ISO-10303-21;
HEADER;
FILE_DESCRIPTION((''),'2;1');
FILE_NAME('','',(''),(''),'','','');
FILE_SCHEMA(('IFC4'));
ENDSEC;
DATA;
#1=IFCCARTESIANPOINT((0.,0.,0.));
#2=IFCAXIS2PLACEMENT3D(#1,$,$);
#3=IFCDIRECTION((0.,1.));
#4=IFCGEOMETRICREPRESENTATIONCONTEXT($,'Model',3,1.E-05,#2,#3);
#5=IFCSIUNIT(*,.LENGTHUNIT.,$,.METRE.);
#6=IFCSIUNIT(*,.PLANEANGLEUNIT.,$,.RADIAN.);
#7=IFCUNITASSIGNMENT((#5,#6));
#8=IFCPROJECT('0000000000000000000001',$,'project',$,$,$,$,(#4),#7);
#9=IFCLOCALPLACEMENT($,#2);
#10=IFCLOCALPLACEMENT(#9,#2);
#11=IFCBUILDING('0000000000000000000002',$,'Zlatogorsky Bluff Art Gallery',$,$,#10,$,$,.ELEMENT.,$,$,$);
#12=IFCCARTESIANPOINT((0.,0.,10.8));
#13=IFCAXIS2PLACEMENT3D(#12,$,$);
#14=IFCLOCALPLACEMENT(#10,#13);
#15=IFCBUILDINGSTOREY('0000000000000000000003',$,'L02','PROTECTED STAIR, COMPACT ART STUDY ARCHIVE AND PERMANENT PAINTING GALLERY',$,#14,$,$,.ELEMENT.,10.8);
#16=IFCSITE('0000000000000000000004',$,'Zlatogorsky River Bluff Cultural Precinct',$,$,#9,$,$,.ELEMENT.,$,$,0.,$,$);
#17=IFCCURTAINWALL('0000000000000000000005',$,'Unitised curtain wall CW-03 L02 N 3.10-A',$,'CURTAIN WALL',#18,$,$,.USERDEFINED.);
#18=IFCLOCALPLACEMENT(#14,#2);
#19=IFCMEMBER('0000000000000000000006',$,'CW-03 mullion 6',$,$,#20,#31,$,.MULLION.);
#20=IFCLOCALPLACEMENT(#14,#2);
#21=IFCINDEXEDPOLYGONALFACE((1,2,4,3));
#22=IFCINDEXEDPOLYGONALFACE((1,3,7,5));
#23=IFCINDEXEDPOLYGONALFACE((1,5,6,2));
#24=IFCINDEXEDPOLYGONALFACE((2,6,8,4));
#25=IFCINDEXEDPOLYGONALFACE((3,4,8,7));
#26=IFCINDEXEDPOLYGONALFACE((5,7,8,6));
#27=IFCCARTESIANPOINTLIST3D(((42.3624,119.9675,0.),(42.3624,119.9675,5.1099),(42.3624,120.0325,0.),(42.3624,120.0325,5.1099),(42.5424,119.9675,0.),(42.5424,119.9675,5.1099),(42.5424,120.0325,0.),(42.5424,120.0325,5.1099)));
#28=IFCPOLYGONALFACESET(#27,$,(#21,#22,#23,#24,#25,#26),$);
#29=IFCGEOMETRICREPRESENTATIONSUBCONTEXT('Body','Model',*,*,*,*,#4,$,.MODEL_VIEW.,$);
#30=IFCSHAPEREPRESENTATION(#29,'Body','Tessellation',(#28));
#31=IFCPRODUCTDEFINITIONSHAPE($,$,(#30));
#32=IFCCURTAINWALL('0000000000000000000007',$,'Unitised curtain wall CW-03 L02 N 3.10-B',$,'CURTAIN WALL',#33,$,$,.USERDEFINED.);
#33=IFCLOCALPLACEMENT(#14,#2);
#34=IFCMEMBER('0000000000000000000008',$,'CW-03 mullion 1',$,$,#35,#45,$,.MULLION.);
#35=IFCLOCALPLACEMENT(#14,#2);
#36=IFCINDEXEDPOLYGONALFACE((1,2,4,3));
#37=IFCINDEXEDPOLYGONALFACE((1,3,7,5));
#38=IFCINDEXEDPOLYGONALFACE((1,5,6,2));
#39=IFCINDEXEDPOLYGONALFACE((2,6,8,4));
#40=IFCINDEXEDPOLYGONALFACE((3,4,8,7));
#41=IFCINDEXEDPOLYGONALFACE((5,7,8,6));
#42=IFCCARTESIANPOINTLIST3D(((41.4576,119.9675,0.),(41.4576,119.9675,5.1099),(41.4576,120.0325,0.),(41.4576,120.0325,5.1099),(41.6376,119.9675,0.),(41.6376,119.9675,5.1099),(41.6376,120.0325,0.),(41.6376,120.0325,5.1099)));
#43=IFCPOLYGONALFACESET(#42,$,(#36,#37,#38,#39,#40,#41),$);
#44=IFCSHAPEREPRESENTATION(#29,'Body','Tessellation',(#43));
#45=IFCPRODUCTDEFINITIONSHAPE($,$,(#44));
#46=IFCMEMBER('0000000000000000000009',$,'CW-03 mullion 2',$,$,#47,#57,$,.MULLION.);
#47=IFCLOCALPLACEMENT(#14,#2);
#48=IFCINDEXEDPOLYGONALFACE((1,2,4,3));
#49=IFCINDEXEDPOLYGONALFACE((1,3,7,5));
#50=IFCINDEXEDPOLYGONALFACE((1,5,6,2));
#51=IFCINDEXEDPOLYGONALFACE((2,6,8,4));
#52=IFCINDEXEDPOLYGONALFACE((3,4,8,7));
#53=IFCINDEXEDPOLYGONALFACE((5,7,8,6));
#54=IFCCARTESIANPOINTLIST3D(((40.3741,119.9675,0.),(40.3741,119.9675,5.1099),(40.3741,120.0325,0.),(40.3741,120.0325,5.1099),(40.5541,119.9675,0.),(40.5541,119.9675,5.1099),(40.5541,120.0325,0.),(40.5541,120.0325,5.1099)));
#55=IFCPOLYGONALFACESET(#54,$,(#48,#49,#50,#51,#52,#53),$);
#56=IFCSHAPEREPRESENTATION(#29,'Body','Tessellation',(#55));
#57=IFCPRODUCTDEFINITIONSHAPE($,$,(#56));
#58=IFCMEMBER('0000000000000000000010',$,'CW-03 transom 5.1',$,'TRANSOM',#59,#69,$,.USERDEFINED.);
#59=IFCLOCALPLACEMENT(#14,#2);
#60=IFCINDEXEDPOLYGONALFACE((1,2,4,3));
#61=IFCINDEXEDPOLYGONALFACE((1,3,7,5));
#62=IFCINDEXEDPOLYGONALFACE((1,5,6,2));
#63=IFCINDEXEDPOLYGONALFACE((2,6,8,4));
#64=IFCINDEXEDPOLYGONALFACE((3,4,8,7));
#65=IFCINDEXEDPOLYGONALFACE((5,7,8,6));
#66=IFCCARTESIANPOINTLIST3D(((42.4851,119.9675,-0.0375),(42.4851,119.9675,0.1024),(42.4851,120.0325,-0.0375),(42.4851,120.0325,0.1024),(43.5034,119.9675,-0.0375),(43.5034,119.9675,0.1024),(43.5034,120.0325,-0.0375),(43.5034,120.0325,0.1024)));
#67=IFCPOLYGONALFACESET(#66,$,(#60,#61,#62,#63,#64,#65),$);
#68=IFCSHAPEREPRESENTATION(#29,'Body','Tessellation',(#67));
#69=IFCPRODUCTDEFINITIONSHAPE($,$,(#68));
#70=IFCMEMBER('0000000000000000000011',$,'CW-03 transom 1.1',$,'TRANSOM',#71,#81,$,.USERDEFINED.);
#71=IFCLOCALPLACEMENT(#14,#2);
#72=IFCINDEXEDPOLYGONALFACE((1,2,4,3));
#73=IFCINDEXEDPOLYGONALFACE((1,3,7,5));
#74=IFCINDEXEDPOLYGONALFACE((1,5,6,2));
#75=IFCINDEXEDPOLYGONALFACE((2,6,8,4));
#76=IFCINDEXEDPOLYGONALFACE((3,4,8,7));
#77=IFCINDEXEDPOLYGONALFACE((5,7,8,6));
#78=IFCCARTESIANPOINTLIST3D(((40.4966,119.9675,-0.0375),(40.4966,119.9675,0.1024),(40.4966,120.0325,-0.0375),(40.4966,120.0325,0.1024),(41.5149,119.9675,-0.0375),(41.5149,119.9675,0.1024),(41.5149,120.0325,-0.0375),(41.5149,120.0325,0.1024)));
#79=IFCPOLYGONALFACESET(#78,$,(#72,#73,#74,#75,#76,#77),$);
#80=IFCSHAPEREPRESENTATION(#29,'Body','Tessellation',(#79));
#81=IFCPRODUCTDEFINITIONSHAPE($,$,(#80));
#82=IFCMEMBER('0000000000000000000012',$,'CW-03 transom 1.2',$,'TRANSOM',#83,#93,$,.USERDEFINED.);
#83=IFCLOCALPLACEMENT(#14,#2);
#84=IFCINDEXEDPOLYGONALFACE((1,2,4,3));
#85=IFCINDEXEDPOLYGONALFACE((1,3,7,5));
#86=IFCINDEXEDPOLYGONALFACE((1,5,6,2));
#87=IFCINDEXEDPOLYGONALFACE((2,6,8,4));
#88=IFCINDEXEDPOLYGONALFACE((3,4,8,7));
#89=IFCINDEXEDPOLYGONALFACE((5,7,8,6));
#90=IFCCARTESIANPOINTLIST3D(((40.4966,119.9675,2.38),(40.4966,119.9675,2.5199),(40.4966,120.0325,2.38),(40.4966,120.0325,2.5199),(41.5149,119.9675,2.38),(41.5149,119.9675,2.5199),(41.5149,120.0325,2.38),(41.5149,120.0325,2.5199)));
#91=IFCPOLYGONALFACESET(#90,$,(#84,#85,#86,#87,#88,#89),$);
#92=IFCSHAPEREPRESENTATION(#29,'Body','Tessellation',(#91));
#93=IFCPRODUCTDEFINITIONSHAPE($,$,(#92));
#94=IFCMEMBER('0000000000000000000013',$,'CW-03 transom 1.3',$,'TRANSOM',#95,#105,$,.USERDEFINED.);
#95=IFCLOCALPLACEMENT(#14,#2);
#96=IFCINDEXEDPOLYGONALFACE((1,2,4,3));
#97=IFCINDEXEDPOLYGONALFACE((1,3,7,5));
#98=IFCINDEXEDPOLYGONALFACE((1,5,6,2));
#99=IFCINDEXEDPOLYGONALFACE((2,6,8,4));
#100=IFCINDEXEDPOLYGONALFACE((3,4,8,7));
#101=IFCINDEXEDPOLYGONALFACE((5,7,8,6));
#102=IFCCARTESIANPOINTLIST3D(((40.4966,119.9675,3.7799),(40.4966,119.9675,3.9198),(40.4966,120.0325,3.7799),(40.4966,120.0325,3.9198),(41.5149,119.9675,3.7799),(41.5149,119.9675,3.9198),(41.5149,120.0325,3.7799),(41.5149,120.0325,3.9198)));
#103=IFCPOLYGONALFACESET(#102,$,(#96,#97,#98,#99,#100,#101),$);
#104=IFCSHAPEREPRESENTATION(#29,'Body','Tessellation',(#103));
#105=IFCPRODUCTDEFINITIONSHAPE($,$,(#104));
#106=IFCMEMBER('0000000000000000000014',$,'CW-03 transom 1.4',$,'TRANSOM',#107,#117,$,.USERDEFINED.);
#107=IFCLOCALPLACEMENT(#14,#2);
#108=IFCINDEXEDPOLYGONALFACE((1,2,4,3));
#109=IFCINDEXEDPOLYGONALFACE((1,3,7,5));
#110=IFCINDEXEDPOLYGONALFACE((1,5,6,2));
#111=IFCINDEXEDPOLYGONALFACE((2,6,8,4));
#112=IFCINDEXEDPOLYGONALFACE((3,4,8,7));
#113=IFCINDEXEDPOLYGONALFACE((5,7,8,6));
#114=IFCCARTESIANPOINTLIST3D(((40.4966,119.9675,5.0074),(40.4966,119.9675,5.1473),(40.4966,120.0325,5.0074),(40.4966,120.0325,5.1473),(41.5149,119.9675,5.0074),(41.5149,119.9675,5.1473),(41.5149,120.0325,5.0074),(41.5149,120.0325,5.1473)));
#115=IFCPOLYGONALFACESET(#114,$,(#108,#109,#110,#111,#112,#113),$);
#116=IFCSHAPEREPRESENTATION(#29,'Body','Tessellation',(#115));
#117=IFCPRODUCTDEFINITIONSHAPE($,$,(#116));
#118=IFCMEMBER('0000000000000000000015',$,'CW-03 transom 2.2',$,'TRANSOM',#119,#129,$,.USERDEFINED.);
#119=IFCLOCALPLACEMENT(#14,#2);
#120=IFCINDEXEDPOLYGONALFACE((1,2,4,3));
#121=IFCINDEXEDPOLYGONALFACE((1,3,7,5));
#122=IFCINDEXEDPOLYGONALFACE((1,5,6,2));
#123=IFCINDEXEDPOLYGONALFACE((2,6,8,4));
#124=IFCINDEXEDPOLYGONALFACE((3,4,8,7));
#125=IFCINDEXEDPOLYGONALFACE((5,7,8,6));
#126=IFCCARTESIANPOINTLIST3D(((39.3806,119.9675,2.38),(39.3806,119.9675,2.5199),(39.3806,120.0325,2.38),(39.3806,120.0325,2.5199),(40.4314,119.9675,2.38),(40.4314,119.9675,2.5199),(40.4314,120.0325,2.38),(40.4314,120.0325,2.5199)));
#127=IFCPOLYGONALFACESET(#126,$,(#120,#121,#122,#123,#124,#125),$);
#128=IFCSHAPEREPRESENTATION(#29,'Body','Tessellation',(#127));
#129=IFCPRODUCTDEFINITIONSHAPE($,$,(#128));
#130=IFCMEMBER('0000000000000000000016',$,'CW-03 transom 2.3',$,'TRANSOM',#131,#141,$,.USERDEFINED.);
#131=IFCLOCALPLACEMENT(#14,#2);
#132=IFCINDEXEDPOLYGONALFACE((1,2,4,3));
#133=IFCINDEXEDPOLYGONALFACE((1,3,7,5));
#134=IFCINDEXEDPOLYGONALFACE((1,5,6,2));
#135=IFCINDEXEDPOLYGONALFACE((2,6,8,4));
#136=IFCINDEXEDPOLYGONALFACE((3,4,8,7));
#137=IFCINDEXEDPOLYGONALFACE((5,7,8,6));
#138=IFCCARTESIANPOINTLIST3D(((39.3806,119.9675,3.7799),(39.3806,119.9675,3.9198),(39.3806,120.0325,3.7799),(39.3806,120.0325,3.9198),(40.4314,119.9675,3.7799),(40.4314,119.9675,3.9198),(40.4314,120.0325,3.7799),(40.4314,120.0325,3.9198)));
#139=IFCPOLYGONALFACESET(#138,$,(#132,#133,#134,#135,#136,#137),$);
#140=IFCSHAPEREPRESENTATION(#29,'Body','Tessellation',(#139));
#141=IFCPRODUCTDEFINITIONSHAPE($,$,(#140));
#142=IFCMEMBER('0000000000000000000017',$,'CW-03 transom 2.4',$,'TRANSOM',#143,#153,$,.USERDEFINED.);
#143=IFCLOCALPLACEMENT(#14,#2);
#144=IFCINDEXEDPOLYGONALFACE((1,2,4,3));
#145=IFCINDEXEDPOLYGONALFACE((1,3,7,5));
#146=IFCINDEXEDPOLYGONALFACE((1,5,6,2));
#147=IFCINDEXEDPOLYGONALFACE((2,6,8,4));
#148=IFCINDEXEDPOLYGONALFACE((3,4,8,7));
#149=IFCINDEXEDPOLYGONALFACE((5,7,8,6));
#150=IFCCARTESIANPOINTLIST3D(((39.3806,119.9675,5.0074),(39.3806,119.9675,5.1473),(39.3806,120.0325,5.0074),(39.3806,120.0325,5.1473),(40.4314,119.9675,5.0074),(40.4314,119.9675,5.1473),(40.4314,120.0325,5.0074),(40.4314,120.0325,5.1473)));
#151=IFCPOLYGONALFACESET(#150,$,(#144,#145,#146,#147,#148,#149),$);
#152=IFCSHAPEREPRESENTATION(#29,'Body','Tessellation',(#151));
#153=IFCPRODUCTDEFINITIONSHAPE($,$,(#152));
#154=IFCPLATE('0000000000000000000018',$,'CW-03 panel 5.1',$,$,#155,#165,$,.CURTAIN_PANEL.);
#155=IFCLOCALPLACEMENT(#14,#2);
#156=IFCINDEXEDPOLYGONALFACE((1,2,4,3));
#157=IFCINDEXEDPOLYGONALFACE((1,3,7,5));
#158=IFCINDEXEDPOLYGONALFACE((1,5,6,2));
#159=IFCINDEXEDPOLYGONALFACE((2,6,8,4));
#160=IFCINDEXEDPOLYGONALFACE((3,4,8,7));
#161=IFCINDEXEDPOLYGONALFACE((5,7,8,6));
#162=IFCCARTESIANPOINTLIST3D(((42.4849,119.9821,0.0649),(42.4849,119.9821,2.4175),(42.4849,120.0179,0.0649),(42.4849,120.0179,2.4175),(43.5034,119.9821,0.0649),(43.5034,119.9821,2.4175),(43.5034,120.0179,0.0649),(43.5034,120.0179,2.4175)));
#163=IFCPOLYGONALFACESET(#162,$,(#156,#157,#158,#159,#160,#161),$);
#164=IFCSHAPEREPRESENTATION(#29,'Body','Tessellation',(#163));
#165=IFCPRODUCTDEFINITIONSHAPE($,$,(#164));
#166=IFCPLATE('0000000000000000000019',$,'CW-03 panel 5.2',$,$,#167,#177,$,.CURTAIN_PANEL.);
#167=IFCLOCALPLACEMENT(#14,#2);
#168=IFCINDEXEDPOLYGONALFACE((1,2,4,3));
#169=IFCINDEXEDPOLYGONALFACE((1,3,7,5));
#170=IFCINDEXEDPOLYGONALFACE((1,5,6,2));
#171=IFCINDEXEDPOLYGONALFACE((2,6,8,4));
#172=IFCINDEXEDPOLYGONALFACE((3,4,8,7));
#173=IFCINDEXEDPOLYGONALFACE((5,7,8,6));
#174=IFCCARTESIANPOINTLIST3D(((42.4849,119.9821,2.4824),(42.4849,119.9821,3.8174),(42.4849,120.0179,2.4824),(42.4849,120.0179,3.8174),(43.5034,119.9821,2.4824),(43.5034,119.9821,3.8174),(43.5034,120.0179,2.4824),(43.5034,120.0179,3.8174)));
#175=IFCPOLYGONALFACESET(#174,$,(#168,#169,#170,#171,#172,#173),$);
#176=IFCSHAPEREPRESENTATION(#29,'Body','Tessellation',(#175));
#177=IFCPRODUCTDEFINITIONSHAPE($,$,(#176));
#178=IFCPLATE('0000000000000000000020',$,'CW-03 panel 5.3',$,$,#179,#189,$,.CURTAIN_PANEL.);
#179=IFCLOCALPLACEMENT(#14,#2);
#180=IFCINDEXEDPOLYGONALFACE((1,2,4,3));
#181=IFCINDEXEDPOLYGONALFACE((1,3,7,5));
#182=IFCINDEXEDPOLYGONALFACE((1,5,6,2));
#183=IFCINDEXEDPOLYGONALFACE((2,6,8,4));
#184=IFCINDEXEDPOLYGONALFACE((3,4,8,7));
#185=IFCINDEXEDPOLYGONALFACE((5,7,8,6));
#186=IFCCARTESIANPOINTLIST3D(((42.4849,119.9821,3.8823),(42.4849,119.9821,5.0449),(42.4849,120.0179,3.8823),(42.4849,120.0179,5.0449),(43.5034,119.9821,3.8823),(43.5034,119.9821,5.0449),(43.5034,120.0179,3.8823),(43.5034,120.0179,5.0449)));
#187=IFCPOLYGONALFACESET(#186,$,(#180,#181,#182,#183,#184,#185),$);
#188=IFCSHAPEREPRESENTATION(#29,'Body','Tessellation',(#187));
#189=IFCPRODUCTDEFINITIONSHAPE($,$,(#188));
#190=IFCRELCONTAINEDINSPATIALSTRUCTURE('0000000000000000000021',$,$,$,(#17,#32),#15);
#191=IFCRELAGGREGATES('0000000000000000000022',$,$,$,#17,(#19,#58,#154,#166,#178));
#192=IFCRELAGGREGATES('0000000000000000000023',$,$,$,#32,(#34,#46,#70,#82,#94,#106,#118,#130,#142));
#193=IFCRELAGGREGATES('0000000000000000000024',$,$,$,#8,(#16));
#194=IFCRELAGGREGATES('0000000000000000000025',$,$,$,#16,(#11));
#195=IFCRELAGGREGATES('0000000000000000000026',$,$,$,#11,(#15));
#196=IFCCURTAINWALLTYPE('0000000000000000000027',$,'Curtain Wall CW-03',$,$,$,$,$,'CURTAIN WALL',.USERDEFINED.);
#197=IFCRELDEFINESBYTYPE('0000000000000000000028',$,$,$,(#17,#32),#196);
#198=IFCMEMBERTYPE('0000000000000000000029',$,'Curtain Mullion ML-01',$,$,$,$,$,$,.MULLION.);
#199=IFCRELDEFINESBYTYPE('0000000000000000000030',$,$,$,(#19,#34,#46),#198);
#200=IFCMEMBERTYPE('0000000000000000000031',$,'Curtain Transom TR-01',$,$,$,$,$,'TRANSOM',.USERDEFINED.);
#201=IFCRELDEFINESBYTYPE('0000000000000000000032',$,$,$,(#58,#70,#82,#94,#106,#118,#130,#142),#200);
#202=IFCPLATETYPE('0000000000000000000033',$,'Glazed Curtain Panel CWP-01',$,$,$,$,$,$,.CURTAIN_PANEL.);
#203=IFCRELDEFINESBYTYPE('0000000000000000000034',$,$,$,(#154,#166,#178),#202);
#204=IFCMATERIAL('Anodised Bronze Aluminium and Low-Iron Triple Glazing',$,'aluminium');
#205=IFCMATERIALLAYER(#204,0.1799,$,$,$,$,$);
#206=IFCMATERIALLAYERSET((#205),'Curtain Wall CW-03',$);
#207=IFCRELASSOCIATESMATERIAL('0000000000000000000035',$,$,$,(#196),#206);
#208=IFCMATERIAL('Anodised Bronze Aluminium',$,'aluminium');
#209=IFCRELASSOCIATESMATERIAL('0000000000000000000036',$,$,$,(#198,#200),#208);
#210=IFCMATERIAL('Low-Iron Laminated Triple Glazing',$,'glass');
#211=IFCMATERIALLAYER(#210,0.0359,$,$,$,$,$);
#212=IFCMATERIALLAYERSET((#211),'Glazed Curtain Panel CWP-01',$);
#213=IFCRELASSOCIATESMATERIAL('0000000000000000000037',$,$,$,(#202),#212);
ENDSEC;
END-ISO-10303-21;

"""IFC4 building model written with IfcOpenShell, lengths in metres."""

from ifc_helpers import new_model, si_unit, direction, frame, origin, origin_2d, place, context, subcontext, project, spatial, rectangle, extrude, material, layer, layer_set, material_profile, profile_set, type_object, element, aggregate, save


model = new_model("IFC4")

# Units and contexts
model_context = context("Model", 3, precision=1e-05, world=origin(), true_north=direction((0.0, 1.0)))
body_context = subcontext(model_context, "Body", "Model", "MODEL_VIEW")
ifc_project = project(units=[si_unit("LENGTHUNIT", "METRE"), si_unit("PLANEANGLEUNIT", "RADIAN")], contexts=[model_context])

# Site, building, storey
site_placement = place(None, origin())
site = spatial("IfcSite", under=ifc_project, at=site_placement, Name="Zlatogorsky River Bluff Cultural Precinct", CompositionType="ELEMENT", RefElevation=0.0)
building_placement = place(site_placement, origin())
building = spatial("IfcBuilding", under=site, at=building_placement, Name="Zlatogorsky Bluff Art Gallery", CompositionType="ELEMENT")
storey_placement = place(building_placement, frame((0.0, 0.0, 10.8)))
storey = spatial("IfcBuildingStorey", under=building, at=storey_placement, Name="L02", Description="PROTECTED STAIR, COMPACT ART STUDY ARCHIVE AND PERMANENT PAINTING GALLERY", CompositionType="ELEMENT", Elevation=10.8)

# Curtain wall, member
ifc_material_1 = material(Name="Anodised Bronze Aluminium and Low-Iron Triple Glazing", Category="aluminium")
ifc_layer_1 = layer(ifc_material_1, 0.1799)
ifc_layer_set_1 = layer_set([ifc_layer_1], Name="Curtain Wall CW-03")
curtain_wall_type = type_object("IfcCurtainWallType", Name="Curtain Wall CW-03", ElementType="CURTAIN WALL", PredefinedType="USERDEFINED", material=ifc_layer_set_1)
curtain_wall_1_placement = place(storey_placement, origin())
curtain_wall_1 = element("IfcCurtainWall", 1, at=curtain_wall_1_placement, inside=storey, type_object=curtain_wall_type, Name="Unitised curtain wall CW-03 L02 N 3.10-A", ObjectType="CURTAIN WALL", PredefinedType="USERDEFINED")
ifc_material_2 = material(Name="Anodised Bronze Aluminium", Category="aluminium")
ifc_material_profile_1 = material_profile(ifc_material_2, rectangle(XDim=0.0649, YDim=0.1799, at=origin_2d()), Name="ALU MULLION 65x180")
ifc_profile_set_1 = profile_set([ifc_material_profile_1], Name="Anodised Bronze Aluminium")
member_type_1 = type_object("IfcMemberType", Name="Curtain Mullion ML-01", PredefinedType="MULLION", material=ifc_profile_set_1)
member_1_placement = place(storey_placement, frame((42.4524, 120.0, 0.0), z_axis=(0.0, 0.0, 1.0), x_axis=(0.0, -1.0, 0.0)))
member_1 = element("IfcMember", 2, at=member_1_placement, type_object=member_type_1, Name="CW-03 mullion 6", PredefinedType="MULLION", context=body_context, shape_type="SweptSolid", body=[
    extrude(rectangle(XDim=0.0649, YDim=0.1799, at=origin_2d()), origin(), (0.0, 0.0, 1.0), 5.1099),
])

# Curtain wall, members
curtain_wall_2_placement = place(storey_placement, origin())
curtain_wall_2 = element("IfcCurtainWall", 3, at=curtain_wall_2_placement, inside=storey, type_object=curtain_wall_type, Name="Unitised curtain wall CW-03 L02 N 3.10-B", ObjectType="CURTAIN WALL", PredefinedType="USERDEFINED")
member_2_placement = place(storey_placement, frame((41.5476, 120.0, 0.0), z_axis=(0.0, 0.0, 1.0), x_axis=(0.0, -1.0, 0.0)))
member_2 = element("IfcMember", 4, at=member_2_placement, type_object=member_type_1, Name="CW-03 mullion 1", PredefinedType="MULLION", context=body_context, shape_type="SweptSolid", body=[
    extrude(rectangle(XDim=0.0649, YDim=0.1799, at=origin_2d()), origin(), (0.0, 0.0, 1.0), 5.1099),
])
member_3_placement = place(storey_placement, frame((40.4641, 120.0, 0.0), z_axis=(0.0, 0.0, 1.0), x_axis=(0.0, -1.0, 0.0)))
member_3 = element("IfcMember", 5, at=member_3_placement, type_object=member_type_1, Name="CW-03 mullion 2", PredefinedType="MULLION", context=body_context, shape_type="SweptSolid", body=[
    extrude(rectangle(XDim=0.0649, YDim=0.1799, at=origin_2d()), origin(), (0.0, 0.0, 1.0), 5.1099),
])

# Members
ifc_material_profile_2 = material_profile(ifc_material_2, rectangle(XDim=0.0649, YDim=0.1399, at=origin_2d()), Name="ALU TRANSOM 65x140")
ifc_profile_set_2 = profile_set([ifc_material_profile_2], Name="Anodised Bronze Aluminium")
member_type_2 = type_object("IfcMemberType", Name="Curtain Transom TR-01", ElementType="TRANSOM", PredefinedType="USERDEFINED", material=ifc_profile_set_2)
member_4_placement = place(storey_placement, frame((43.5034, 120.0, 0.0325), z_axis=(-1.0, 0.0, 0.0), x_axis=(0.0, -1.0, 0.0)))
member_4 = element("IfcMember", 6, at=member_4_placement, type_object=member_type_2, Name="CW-03 transom 5.1", ObjectType="TRANSOM", PredefinedType="USERDEFINED", context=body_context, shape_type="SweptSolid", body=[
    extrude(rectangle(XDim=0.0649, YDim=0.1399, at=origin_2d()), origin(), (0.0, 0.0, 1.0), 1.0183),
])
member_5_placement = place(storey_placement, frame((41.5149, 120.0, 0.0325), z_axis=(-1.0, 0.0, 0.0), x_axis=(0.0, -1.0, 0.0)))
member_5 = element("IfcMember", 7, at=member_5_placement, type_object=member_type_2, Name="CW-03 transom 1.1", ObjectType="TRANSOM", PredefinedType="USERDEFINED", context=body_context, shape_type="SweptSolid", body=[
    extrude(rectangle(XDim=0.0649, YDim=0.1399, at=origin_2d()), origin(), (0.0, 0.0, 1.0), 1.0183),
])
member_6_placement = place(storey_placement, frame((41.5149, 120.0, 2.45), z_axis=(-1.0, 0.0, 0.0), x_axis=(0.0, -1.0, 0.0)))
member_6 = element("IfcMember", 8, at=member_6_placement, type_object=member_type_2, Name="CW-03 transom 1.2", ObjectType="TRANSOM", PredefinedType="USERDEFINED", context=body_context, shape_type="SweptSolid", body=[
    extrude(rectangle(XDim=0.0649, YDim=0.1399, at=origin_2d()), origin(), (0.0, 0.0, 1.0), 1.0183),
])
member_7_placement = place(storey_placement, frame((41.5149, 120.0, 3.8499), z_axis=(-1.0, 0.0, 0.0), x_axis=(0.0, -1.0, 0.0)))
member_7 = element("IfcMember", 9, at=member_7_placement, type_object=member_type_2, Name="CW-03 transom 1.3", ObjectType="TRANSOM", PredefinedType="USERDEFINED", context=body_context, shape_type="SweptSolid", body=[
    extrude(rectangle(XDim=0.0649, YDim=0.1399, at=origin_2d()), origin(), (0.0, 0.0, 1.0), 1.0183),
])
member_8_placement = place(storey_placement, frame((41.5149, 120.0, 5.0774), z_axis=(-1.0, 0.0, 0.0), x_axis=(0.0, -1.0, 0.0)))
member_8 = element("IfcMember", 10, at=member_8_placement, type_object=member_type_2, Name="CW-03 transom 1.4", ObjectType="TRANSOM", PredefinedType="USERDEFINED", context=body_context, shape_type="SweptSolid", body=[
    extrude(rectangle(XDim=0.0649, YDim=0.1399, at=origin_2d()), origin(), (0.0, 0.0, 1.0), 1.0183),
])
member_9_placement = place(storey_placement, frame((40.4314, 120.0, 2.45), z_axis=(-1.0, 0.0, 0.0), x_axis=(0.0, -1.0, 0.0)))
member_9 = element("IfcMember", 11, at=member_9_placement, type_object=member_type_2, Name="CW-03 transom 2.2", ObjectType="TRANSOM", PredefinedType="USERDEFINED", context=body_context, shape_type="SweptSolid", body=[
    extrude(rectangle(XDim=0.0649, YDim=0.1399, at=origin_2d()), origin(), (0.0, 0.0, 1.0), 1.0508),
])
member_10_placement = place(storey_placement, frame((40.4314, 120.0, 3.8499), z_axis=(-1.0, 0.0, 0.0), x_axis=(0.0, -1.0, 0.0)))
member_10 = element("IfcMember", 12, at=member_10_placement, type_object=member_type_2, Name="CW-03 transom 2.3", ObjectType="TRANSOM", PredefinedType="USERDEFINED", context=body_context, shape_type="SweptSolid", body=[
    extrude(rectangle(XDim=0.0649, YDim=0.1399, at=origin_2d()), origin(), (0.0, 0.0, 1.0), 1.0508),
])
member_11_placement = place(storey_placement, frame((40.4314, 120.0, 5.0774), z_axis=(-1.0, 0.0, 0.0), x_axis=(0.0, -1.0, 0.0)))
member_11 = element("IfcMember", 13, at=member_11_placement, type_object=member_type_2, Name="CW-03 transom 2.4", ObjectType="TRANSOM", PredefinedType="USERDEFINED", context=body_context, shape_type="SweptSolid", body=[
    extrude(rectangle(XDim=0.0649, YDim=0.1399, at=origin_2d()), origin(), (0.0, 0.0, 1.0), 1.0508),
])

# Plates
ifc_material_3 = material(Name="Low-Iron Laminated Triple Glazing", Category="glass")
ifc_layer_2 = layer(ifc_material_3, 0.0359)
ifc_layer_set_2 = layer_set([ifc_layer_2], Name="Glazed Curtain Panel CWP-01")
plate_type = type_object("IfcPlateType", Name="Glazed Curtain Panel CWP-01", PredefinedType="CURTAIN_PANEL", material=ifc_layer_set_2)
plate_1_placement = place(storey_placement, frame((42.9941, 120.0, 0.0649), z_axis=(0.0, 0.0, 1.0), x_axis=(-1.0, 0.0, 0.0)))
plate_1 = element("IfcPlate", 14, at=plate_1_placement, type_object=plate_type, Name="CW-03 panel 5.1", PredefinedType="CURTAIN_PANEL", context=body_context, shape_type="SweptSolid", body=[
    extrude(rectangle(XDim=1.0186, YDim=0.0359, at=origin_2d()), origin(), (0.0, 0.0, 1.0), 2.3525),
])
plate_2_placement = place(storey_placement, frame((42.9941, 120.0, 2.4824), z_axis=(0.0, 0.0, 1.0), x_axis=(-1.0, 0.0, 0.0)))
plate_2 = element("IfcPlate", 15, at=plate_2_placement, type_object=plate_type, Name="CW-03 panel 5.2", PredefinedType="CURTAIN_PANEL", context=body_context, shape_type="SweptSolid", body=[
    extrude(rectangle(XDim=1.0186, YDim=0.0359, at=origin_2d()), origin(), (0.0, 0.0, 1.0), 1.335),
])
plate_3_placement = place(storey_placement, frame((42.9941, 120.0, 3.8823), z_axis=(0.0, 0.0, 1.0), x_axis=(-1.0, 0.0, 0.0)))
plate_3 = element("IfcPlate", 16, at=plate_3_placement, type_object=plate_type, Name="CW-03 panel 5.3", PredefinedType="CURTAIN_PANEL", context=body_context, shape_type="SweptSolid", body=[
    extrude(rectangle(XDim=1.0186, YDim=0.0359, at=origin_2d()), origin(), (0.0, 0.0, 1.0), 1.1626),
])
aggregate(curtain_wall_1, [member_1, member_4, plate_1, plate_2, plate_3])
aggregate(curtain_wall_2, [member_2, member_3, member_5, member_6, member_7, member_8, member_9, member_10, member_11])

save(model, "model.ifc")
